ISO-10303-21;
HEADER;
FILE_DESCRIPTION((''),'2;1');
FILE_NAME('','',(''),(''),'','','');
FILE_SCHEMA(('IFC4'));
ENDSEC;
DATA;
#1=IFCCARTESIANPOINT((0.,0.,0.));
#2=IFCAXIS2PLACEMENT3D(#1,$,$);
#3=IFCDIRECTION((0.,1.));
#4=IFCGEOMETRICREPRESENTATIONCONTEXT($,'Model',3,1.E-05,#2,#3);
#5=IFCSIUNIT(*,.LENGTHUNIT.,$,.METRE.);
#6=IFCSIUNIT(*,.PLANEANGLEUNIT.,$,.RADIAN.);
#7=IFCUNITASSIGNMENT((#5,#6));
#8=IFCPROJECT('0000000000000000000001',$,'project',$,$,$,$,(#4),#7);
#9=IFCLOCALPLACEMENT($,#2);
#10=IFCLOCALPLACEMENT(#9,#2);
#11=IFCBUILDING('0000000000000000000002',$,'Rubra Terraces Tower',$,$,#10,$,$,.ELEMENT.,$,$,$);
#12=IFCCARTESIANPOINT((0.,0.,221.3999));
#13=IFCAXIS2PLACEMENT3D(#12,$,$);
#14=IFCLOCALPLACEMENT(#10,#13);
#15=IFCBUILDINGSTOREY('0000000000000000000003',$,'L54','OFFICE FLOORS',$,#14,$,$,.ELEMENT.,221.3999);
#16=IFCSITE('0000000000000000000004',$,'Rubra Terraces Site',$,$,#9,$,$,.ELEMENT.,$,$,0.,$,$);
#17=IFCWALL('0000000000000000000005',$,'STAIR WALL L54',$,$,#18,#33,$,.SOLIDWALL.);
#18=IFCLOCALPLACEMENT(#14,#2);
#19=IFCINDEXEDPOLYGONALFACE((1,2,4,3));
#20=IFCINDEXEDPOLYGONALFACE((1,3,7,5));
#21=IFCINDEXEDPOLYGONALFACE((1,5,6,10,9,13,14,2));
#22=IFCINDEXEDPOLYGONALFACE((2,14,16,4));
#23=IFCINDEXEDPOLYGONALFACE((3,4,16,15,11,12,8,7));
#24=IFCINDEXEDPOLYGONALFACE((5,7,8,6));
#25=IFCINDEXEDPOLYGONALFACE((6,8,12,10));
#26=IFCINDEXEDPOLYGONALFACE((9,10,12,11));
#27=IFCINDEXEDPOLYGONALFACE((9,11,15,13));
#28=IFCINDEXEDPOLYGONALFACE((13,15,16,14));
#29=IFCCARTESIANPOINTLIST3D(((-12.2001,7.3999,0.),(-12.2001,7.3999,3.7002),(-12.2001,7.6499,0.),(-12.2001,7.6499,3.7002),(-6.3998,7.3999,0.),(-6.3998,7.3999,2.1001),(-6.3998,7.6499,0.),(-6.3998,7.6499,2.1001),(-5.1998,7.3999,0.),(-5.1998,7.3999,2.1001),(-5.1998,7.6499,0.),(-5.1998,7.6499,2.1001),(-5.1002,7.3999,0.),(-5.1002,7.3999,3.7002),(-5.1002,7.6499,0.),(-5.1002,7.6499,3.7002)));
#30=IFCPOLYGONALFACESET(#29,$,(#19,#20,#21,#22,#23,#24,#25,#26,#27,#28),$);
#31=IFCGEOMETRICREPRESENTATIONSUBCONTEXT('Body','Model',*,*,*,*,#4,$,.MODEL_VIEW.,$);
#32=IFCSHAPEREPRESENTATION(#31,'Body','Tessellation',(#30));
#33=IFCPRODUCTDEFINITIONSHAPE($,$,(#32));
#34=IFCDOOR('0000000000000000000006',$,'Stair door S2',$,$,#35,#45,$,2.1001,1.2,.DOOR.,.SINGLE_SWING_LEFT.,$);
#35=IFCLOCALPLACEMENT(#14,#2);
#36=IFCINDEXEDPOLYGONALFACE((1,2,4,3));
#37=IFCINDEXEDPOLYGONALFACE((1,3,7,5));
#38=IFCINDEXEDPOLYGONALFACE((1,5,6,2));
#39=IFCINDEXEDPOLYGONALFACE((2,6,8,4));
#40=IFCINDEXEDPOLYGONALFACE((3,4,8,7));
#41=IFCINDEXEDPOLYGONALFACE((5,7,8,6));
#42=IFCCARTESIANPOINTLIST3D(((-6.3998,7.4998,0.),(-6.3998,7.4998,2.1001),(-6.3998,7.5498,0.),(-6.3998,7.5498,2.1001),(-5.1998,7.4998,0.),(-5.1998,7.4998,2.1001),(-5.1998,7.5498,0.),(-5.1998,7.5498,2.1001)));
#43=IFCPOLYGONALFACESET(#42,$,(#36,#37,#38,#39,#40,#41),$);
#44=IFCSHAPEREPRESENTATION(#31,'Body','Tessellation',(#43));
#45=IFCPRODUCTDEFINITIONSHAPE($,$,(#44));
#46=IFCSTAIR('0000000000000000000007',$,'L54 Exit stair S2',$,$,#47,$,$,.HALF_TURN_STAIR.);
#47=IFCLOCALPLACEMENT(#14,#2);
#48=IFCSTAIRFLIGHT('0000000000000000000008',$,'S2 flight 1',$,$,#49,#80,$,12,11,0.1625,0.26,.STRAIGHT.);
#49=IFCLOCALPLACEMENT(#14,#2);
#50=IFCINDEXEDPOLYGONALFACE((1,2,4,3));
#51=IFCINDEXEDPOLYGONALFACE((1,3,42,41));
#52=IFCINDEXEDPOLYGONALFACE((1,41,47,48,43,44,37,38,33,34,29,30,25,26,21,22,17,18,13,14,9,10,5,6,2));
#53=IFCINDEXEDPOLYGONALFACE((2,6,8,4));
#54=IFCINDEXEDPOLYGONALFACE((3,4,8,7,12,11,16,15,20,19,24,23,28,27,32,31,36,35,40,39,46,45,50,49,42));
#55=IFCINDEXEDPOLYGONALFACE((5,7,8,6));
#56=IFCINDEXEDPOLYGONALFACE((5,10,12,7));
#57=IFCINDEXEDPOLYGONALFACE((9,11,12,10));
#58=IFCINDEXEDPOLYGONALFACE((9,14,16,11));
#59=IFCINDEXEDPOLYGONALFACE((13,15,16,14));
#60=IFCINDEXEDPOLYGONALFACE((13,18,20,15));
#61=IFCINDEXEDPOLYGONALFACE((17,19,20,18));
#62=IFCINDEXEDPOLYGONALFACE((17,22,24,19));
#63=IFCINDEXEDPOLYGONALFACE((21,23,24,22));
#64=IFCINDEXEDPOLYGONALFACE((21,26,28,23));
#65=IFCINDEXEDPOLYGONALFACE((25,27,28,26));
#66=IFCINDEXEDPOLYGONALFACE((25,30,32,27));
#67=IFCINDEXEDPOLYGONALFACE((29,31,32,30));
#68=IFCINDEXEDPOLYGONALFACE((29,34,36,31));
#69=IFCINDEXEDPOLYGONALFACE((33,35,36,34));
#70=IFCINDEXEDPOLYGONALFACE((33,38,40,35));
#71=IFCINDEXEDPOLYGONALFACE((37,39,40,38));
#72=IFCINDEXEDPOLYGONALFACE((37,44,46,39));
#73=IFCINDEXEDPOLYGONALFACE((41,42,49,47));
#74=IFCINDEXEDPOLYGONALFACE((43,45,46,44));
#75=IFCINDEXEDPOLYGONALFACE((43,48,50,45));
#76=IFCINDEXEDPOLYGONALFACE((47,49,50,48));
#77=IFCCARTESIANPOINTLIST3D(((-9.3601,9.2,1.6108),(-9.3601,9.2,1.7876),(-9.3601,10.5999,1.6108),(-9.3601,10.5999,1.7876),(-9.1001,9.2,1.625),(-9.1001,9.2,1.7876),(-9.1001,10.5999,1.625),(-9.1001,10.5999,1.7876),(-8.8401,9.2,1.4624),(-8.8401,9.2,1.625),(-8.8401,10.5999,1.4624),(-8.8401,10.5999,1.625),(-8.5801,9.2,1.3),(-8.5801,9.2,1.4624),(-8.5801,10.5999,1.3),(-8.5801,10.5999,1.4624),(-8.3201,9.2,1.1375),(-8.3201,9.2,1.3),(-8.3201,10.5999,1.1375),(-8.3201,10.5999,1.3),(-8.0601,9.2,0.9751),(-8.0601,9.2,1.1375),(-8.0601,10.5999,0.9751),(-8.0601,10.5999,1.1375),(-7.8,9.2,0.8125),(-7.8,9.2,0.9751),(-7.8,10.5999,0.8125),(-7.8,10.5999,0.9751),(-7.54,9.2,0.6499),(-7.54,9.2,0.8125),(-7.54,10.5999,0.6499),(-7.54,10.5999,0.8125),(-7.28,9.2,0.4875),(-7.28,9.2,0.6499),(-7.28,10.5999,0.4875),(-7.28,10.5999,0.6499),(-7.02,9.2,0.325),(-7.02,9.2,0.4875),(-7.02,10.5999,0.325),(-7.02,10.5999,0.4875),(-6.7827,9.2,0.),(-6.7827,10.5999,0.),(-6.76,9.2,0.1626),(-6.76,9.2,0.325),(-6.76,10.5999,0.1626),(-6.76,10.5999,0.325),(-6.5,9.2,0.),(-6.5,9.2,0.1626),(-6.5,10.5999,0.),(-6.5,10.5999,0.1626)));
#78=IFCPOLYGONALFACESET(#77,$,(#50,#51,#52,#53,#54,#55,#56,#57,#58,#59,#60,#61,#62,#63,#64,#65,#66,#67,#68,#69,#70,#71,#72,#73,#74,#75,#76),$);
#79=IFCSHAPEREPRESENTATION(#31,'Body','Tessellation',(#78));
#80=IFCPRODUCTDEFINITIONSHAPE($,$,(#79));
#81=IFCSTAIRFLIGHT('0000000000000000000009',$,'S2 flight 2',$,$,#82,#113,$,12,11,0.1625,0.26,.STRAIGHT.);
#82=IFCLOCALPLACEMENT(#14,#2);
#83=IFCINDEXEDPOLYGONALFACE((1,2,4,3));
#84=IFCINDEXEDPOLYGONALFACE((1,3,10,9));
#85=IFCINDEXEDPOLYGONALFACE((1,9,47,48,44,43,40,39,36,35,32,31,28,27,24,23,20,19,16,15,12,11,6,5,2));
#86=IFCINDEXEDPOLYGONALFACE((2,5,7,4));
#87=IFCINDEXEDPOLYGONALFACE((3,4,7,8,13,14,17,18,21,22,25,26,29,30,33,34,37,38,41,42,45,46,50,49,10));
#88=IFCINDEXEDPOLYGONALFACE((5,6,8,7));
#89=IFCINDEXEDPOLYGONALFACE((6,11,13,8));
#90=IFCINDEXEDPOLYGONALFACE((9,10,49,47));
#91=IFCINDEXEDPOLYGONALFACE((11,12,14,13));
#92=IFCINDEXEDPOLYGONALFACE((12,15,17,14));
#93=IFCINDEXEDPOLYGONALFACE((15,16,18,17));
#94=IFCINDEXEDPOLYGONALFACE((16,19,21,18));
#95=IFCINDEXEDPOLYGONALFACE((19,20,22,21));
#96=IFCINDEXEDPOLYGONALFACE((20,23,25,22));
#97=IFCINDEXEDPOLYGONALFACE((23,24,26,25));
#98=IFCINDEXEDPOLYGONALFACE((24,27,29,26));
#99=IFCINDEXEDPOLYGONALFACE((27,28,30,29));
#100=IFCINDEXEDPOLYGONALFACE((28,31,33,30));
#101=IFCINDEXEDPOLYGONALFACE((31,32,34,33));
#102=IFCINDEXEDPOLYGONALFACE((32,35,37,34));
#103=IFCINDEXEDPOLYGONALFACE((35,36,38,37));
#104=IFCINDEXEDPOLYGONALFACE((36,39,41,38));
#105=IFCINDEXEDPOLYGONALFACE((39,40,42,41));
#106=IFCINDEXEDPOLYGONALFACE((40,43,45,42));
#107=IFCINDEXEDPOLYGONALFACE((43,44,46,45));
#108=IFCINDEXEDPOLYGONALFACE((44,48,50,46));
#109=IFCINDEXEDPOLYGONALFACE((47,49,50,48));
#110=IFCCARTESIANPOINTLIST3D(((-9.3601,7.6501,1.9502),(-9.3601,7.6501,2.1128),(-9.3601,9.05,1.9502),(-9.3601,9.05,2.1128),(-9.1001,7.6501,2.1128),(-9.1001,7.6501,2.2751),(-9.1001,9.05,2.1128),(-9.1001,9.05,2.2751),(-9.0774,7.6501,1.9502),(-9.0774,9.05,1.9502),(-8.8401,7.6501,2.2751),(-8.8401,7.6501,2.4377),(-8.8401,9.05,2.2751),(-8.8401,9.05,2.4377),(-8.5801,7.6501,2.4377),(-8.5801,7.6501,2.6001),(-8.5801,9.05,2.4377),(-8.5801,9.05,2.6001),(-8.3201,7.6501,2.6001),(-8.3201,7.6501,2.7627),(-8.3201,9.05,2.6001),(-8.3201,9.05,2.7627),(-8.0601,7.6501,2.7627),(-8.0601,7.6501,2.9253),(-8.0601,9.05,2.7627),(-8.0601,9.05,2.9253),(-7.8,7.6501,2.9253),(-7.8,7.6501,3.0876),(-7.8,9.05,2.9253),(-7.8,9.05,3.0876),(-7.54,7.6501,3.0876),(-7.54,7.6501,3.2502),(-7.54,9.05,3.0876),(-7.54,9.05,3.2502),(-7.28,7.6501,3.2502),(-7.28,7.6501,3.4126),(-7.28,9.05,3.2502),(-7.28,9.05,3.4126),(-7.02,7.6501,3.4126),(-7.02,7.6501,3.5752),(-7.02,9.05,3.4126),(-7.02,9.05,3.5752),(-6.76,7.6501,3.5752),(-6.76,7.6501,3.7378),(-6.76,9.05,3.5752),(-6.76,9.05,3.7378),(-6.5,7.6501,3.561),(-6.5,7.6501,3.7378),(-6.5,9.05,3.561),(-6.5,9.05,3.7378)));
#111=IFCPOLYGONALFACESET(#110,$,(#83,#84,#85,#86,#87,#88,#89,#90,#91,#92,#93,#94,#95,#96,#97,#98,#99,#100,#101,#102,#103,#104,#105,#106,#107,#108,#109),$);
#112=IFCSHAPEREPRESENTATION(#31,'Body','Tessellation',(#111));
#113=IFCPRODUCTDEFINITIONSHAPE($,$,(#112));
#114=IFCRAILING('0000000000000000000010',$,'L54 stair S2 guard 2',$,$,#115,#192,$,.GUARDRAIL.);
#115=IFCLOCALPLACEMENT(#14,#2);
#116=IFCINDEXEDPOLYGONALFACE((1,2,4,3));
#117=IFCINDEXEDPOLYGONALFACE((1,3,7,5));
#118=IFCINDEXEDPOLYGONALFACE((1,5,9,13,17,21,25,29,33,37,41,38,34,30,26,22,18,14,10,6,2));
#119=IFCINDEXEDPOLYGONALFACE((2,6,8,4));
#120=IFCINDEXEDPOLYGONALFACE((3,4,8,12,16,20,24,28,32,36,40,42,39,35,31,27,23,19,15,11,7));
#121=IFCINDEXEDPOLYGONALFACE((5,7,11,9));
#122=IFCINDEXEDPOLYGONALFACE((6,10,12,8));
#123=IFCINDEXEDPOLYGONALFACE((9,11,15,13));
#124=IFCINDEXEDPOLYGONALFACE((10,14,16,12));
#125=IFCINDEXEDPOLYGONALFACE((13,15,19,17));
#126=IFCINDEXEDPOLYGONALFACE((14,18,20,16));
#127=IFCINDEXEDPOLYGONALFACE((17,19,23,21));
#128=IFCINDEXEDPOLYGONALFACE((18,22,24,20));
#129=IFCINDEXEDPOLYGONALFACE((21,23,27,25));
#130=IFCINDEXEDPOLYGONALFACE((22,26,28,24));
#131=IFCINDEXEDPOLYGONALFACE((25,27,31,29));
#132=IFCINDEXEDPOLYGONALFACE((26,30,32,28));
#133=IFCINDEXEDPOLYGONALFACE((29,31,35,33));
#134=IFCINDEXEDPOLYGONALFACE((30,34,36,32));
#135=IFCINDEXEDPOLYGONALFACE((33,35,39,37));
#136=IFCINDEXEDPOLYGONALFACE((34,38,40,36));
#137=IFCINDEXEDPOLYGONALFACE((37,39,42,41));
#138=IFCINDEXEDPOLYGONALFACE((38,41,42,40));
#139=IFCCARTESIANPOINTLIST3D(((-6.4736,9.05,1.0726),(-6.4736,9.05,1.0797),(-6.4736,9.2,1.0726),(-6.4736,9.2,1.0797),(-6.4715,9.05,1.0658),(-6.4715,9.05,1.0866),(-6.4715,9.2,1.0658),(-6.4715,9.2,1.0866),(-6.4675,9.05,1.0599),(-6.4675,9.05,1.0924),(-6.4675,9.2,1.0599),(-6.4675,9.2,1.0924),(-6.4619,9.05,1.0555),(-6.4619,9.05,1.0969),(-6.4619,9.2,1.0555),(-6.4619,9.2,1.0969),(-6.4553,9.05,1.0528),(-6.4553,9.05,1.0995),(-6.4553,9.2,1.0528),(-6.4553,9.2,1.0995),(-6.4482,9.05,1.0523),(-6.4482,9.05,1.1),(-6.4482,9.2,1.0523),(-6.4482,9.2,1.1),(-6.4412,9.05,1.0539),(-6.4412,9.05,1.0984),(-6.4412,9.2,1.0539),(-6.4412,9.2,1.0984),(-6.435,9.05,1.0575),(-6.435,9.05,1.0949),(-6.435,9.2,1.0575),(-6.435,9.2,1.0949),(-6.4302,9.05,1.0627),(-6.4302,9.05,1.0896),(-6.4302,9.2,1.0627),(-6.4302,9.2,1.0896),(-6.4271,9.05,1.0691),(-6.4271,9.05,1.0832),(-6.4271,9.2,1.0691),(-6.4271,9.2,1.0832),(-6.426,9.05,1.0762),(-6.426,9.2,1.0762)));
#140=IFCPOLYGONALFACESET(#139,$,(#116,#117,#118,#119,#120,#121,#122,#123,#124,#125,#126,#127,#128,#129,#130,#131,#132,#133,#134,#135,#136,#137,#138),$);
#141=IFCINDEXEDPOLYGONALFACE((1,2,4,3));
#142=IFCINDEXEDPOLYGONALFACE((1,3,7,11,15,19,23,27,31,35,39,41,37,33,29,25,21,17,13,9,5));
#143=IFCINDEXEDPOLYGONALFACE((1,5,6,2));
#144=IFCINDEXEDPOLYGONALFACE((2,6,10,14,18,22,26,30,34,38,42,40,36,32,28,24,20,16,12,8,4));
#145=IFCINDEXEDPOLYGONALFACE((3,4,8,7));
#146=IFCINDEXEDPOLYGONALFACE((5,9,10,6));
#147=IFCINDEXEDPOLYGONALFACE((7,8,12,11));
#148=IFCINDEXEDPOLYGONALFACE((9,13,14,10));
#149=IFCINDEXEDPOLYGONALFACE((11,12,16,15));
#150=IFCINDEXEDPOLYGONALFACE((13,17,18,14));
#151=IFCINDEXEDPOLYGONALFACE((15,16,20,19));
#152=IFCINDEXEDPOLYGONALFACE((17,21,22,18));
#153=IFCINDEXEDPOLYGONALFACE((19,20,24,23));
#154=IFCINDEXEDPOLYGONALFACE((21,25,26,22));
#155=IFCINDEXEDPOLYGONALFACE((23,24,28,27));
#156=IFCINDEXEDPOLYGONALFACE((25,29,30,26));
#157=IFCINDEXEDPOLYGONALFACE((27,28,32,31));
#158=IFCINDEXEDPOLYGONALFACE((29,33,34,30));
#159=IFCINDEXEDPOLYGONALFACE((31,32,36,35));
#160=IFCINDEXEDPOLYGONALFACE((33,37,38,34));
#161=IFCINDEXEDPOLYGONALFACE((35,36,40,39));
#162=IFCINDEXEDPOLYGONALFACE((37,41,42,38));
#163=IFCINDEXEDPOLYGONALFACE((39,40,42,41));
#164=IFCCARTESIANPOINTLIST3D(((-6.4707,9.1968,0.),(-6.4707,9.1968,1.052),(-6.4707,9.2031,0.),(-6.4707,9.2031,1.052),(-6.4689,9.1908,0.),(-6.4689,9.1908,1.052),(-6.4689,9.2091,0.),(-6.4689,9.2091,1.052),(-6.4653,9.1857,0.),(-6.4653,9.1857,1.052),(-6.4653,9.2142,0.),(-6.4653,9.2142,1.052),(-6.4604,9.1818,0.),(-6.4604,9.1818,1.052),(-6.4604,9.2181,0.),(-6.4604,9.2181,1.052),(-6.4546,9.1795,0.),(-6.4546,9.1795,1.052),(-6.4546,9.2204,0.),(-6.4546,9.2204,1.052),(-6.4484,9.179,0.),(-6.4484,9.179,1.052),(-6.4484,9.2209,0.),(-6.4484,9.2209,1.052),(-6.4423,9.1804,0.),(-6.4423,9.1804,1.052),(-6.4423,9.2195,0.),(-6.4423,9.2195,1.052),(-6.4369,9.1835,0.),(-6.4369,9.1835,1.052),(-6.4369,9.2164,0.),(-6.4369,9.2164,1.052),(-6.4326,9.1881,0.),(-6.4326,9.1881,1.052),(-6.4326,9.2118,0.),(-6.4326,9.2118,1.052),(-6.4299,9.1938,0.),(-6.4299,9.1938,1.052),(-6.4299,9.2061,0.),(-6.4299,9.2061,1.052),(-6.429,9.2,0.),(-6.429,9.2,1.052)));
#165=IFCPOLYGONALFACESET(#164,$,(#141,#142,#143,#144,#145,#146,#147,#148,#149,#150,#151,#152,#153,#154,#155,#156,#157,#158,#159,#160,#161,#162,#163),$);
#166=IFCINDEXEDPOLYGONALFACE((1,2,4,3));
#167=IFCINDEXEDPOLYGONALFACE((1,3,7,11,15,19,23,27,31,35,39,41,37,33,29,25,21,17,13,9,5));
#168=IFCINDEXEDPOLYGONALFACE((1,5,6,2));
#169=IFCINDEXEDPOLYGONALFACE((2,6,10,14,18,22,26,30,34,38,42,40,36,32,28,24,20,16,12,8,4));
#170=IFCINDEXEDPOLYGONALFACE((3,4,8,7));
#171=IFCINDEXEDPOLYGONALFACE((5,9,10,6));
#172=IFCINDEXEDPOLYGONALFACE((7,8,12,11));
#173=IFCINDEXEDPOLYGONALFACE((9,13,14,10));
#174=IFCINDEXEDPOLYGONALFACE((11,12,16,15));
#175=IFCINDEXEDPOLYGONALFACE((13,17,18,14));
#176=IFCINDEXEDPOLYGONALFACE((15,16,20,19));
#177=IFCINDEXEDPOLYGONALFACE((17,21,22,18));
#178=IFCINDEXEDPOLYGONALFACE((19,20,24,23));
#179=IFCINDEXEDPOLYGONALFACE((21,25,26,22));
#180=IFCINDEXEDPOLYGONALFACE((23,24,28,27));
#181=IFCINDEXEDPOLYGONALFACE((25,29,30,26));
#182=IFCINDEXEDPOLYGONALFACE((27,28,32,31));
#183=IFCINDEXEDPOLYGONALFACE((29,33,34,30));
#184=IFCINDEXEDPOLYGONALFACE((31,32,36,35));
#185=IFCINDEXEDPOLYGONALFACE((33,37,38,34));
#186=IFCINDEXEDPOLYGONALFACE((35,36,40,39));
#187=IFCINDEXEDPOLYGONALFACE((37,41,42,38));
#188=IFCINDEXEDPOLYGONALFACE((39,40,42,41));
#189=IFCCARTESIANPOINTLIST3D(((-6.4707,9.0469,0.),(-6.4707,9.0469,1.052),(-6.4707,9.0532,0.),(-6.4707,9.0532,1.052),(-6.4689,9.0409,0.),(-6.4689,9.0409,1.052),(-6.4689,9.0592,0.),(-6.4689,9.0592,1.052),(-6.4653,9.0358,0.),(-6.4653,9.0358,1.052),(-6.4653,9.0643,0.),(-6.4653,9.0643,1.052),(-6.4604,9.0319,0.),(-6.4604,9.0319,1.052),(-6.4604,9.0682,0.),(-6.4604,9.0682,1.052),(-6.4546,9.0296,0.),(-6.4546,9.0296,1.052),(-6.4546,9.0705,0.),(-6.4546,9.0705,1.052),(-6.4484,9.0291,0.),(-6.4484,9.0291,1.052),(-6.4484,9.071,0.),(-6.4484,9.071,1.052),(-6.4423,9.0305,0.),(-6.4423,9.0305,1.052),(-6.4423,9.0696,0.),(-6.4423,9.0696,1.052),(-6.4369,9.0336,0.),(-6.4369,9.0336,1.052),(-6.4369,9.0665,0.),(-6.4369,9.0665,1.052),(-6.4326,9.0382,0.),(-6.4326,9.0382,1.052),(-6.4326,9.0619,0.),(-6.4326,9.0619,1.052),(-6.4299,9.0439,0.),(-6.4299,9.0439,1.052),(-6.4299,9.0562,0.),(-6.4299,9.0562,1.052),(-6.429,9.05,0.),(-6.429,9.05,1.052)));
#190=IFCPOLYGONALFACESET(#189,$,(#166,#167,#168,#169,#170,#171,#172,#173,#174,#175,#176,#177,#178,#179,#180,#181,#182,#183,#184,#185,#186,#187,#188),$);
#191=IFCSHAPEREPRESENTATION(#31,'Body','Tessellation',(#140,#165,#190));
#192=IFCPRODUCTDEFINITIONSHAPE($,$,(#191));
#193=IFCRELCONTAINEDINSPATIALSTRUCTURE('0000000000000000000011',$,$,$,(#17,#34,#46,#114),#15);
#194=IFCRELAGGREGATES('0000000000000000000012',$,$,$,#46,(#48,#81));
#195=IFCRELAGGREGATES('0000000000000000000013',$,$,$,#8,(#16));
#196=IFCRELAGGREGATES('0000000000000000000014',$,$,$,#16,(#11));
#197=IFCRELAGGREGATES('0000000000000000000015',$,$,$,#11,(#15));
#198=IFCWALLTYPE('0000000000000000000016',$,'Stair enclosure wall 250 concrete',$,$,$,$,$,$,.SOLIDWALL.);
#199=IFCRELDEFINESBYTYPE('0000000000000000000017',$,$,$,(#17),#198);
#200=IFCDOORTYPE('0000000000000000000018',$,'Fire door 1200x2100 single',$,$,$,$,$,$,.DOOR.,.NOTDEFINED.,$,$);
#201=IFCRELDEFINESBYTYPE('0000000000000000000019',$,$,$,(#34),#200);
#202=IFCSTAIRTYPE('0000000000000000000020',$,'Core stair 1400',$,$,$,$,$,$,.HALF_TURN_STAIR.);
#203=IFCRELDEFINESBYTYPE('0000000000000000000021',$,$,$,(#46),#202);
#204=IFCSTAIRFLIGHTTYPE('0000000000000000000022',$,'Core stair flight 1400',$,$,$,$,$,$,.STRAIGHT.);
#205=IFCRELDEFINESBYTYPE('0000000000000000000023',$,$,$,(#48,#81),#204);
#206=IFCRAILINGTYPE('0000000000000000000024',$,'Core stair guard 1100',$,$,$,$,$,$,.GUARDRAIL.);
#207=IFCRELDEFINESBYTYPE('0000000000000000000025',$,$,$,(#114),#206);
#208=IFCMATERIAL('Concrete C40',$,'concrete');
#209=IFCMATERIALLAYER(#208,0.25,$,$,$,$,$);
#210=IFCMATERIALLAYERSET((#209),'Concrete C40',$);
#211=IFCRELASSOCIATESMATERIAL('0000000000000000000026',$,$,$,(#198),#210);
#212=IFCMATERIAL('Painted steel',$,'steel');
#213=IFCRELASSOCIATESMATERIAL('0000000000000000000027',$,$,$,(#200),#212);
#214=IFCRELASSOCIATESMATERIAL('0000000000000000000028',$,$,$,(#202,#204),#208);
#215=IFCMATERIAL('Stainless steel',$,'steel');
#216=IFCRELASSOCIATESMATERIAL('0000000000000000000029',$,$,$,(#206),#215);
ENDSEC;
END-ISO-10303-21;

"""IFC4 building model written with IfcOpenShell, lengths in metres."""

from ifc_helpers import new_model, si_unit, direction, frame, frame_2d, origin, origin_2d, place, context, subcontext, project, spatial, polyline, rectangle, circle, outline, extrude, material, layer, layer_set, type_object, element, fill, aggregate, save


model = new_model("IFC4")

# Units and contexts
model_context = context("Model", 3, precision=1e-05, world=origin(), true_north=direction((0.0, 1.0)))
body_context = subcontext(model_context, "Body", "Model", "MODEL_VIEW")
ifc_project = project(units=[si_unit("LENGTHUNIT", "METRE"), si_unit("PLANEANGLEUNIT", "RADIAN")], contexts=[model_context])

# Site, building, storey
site_placement = place(None, origin())
site = spatial("IfcSite", under=ifc_project, at=site_placement, Name="Rubra Terraces Site", CompositionType="ELEMENT", RefElevation=0.0)
building_placement = place(site_placement, origin())
building = spatial("IfcBuilding", under=site, at=building_placement, Name="Rubra Terraces Tower", CompositionType="ELEMENT")
storey_placement = place(building_placement, frame((0.0, 0.0, 221.3999)))
storey = spatial("IfcBuildingStorey", under=building, at=storey_placement, Name="L54", Description="OFFICE FLOORS", CompositionType="ELEMENT", Elevation=221.3999)

# Shared definitions
ifc_material_1 = material(Name="Concrete C40", Category="concrete")

# Shared definitions
ifc_material_2 = material(Name="Painted steel", Category="steel")
ifc_material_3 = material(Name="Stainless steel", Category="steel")

# Wall, opening, door
ifc_layer_1 = layer(ifc_material_1, 0.25)
ifc_layer_set_1 = layer_set([ifc_layer_1], Name="Concrete C40")
wall_type_1 = type_object("IfcWallType", Name="Stair enclosure wall 250 concrete", PredefinedType="SOLIDWALL", material=ifc_layer_set_1)
wall_1_placement = place(storey_placement, frame((-12.2, 7.5249, 0.0), z_axis=(0.0, 0.0, 1.0), x_axis=(1.0, 0.0, 0.0)))
wall_1 = element("IfcWall", 1, at=wall_1_placement, inside=storey, type_object=wall_type_1, Name="STAIR WALL L54", PredefinedType="SOLIDWALL", context=body_context, shape_type="SweptSolid", body=[
    extrude(rectangle(XDim=7.0999, YDim=0.25, at=frame_2d((3.5498, 0.0))), origin(), (0.0, 0.0, 1.0), 3.7002),
])
opening_1_placement = place(wall_1_placement, frame((5.8, 0.0, 0.0)))
opening_1 = element("IfcOpeningElement", 2, at=opening_1_placement, cuts=wall_1, PredefinedType="OPENING", context=body_context, shape_type="SweptSolid", body=[
    extrude(rectangle(XDim=1.2, YDim=2.1001, at=frame_2d((0.6001, 1.05))), frame((0.0, 0.135, 0.0), z_axis=(0.0, -1.0, 0.0), x_axis=(1.0, 0.0, 0.0)), (0.0, 0.0, 1.0), 0.27),
])
door_type_1 = type_object("IfcDoorType", Name="Fire door 1200x2100 single", OperationType="NOTDEFINED", PredefinedType="DOOR", material=ifc_material_2)
door_1_placement = place(opening_1_placement, origin())
door_1 = element("IfcDoor", 3, at=door_1_placement, inside=storey, type_object=door_type_1, Name="Stair door S2", OperationType="SINGLE_SWING_LEFT", OverallHeight=2.1001, OverallWidth=1.2, PredefinedType="DOOR", context=body_context, shape_type="SweptSolid", body=[
    extrude(rectangle(XDim=1.2, YDim=2.1001, at=frame_2d((0.6001, 1.05))), frame((0.0, 0.0249, 0.0), z_axis=(0.0, -1.0, 0.0), x_axis=(1.0, 0.0, 0.0)), (0.0, 0.0, 1.0), 0.05),
])
fill(opening_1, door_1)

# Stair, stair flights
stair_type = type_object("IfcStairType", Name="Core stair 1400", PredefinedType="HALF_TURN_STAIR", material=ifc_material_1)
stair_placement = place(storey_placement, origin())
stair = element("IfcStair", 4, at=stair_placement, inside=storey, type_object=stair_type, Name="L54 Exit stair S2", PredefinedType="HALF_TURN_STAIR")
stair_flight_type = type_object("IfcStairFlightType", Name="Core stair flight 1400", PredefinedType="STRAIGHT", material=ifc_material_1)
stair_flight_1_placement = place(storey_placement, frame((-6.5, 9.8999, 0.0), z_axis=(0.0, 0.0, 1.0), x_axis=(-1.0, 0.0, 0.0)))
stair_flight_1 = element("IfcStairFlight", 5, at=stair_flight_1_placement, type_object=stair_flight_type, Name="S2 flight 1", NumberOfRisers=12, NumberOfTreads=11, PredefinedType="STRAIGHT", RiserHeight=0.1625, TreadLength=0.26, context=body_context, shape_type="SweptSolid", body=[
    extrude(outline(polyline([(0.0, 0.0), (0.0, 0.1626), (0.26, 0.1626), (0.26, 0.325), (0.52, 0.325), (0.52, 0.4875), (0.78, 0.4875), (0.78, 0.6499), (1.04, 0.6499), (1.04, 0.8125), (1.3, 0.8125), (1.3, 0.9751), (1.5601, 0.9751), (1.5601, 1.1375), (1.8201, 1.1375), (1.8201, 1.3), (2.0801, 1.3), (2.0801, 1.4624), (2.3401, 1.4624), (2.3401, 1.625), (2.6001, 1.625), (2.6001, 1.7876), (2.8601, 1.7876), (2.8601, 1.95), (2.8601, 1.6108), (0.2827, 0.0), (0.0, 0.0)])), frame((0.0, 0.7, 0.0), z_axis=(0.0, -1.0, 0.0), x_axis=(1.0, 0.0, 0.0)), (0.0, 0.0, 1.0), 1.3999),
])
stair_flight_2_placement = place(storey_placement, frame((-9.3601, 8.3501, 1.9502), z_axis=(0.0, 0.0, 1.0), x_axis=(1.0, 0.0, 0.0)))
stair_flight_2 = element("IfcStairFlight", 6, at=stair_flight_2_placement, type_object=stair_flight_type, Name="S2 flight 2", NumberOfRisers=12, NumberOfTreads=11, PredefinedType="STRAIGHT", RiserHeight=0.1625, TreadLength=0.26, context=body_context, shape_type="SweptSolid", body=[
    extrude(outline(polyline([(0.0, 0.0), (0.0, 0.1626), (0.26, 0.1626), (0.26, 0.325), (0.52, 0.325), (0.52, 0.4875), (0.78, 0.4875), (0.78, 0.6499), (1.04, 0.6499), (1.04, 0.8125), (1.3, 0.8125), (1.3, 0.9751), (1.5601, 0.9751), (1.5601, 1.1375), (1.8201, 1.1375), (1.8201, 1.3), (2.0801, 1.3), (2.0801, 1.4624), (2.3401, 1.4624), (2.3401, 1.625), (2.6001, 1.625), (2.6001, 1.7876), (2.8601, 1.7876), (2.8601, 1.95), (2.8601, 1.6108), (0.2827, 0.0), (0.0, 0.0)])), frame((0.0, 0.7, 0.0), z_axis=(0.0, -1.0, 0.0), x_axis=(1.0, 0.0, 0.0)), (0.0, 0.0, 1.0), 1.3999),
])
aggregate(stair, [stair_flight_1, stair_flight_2])

# Railing
railing_type_1 = type_object("IfcRailingType", Name="Core stair guard 1100", PredefinedType="GUARDRAIL", material=ifc_material_3)
railing_1_placement = place(storey_placement, frame((-6.45, 9.2, 0.0)))
element("IfcRailing", 7, at=railing_1_placement, inside=storey, type_object=railing_type_1, Name="L54 stair S2 guard 2", PredefinedType="GUARDRAIL", context=body_context, shape_type="SweptSolid", body=[
    extrude(circle(Radius=0.0239, at=origin_2d()), frame((0.0, 0.0, 1.0762), z_axis=(0.0, -1.0, 0.0), x_axis=(1.0, 0.0, 0.0)), (0.0, 0.0, 1.0), 0.1499),
    extrude(circle(Radius=0.021, at=origin_2d()), origin(), (0.0, 0.0, 1.0), 1.052),
    extrude(circle(Radius=0.021, at=origin_2d()), frame((0.0, -0.1499, 0.0)), (0.0, 0.0, 1.0), 1.052),
])

save(model, "model.ifc")
